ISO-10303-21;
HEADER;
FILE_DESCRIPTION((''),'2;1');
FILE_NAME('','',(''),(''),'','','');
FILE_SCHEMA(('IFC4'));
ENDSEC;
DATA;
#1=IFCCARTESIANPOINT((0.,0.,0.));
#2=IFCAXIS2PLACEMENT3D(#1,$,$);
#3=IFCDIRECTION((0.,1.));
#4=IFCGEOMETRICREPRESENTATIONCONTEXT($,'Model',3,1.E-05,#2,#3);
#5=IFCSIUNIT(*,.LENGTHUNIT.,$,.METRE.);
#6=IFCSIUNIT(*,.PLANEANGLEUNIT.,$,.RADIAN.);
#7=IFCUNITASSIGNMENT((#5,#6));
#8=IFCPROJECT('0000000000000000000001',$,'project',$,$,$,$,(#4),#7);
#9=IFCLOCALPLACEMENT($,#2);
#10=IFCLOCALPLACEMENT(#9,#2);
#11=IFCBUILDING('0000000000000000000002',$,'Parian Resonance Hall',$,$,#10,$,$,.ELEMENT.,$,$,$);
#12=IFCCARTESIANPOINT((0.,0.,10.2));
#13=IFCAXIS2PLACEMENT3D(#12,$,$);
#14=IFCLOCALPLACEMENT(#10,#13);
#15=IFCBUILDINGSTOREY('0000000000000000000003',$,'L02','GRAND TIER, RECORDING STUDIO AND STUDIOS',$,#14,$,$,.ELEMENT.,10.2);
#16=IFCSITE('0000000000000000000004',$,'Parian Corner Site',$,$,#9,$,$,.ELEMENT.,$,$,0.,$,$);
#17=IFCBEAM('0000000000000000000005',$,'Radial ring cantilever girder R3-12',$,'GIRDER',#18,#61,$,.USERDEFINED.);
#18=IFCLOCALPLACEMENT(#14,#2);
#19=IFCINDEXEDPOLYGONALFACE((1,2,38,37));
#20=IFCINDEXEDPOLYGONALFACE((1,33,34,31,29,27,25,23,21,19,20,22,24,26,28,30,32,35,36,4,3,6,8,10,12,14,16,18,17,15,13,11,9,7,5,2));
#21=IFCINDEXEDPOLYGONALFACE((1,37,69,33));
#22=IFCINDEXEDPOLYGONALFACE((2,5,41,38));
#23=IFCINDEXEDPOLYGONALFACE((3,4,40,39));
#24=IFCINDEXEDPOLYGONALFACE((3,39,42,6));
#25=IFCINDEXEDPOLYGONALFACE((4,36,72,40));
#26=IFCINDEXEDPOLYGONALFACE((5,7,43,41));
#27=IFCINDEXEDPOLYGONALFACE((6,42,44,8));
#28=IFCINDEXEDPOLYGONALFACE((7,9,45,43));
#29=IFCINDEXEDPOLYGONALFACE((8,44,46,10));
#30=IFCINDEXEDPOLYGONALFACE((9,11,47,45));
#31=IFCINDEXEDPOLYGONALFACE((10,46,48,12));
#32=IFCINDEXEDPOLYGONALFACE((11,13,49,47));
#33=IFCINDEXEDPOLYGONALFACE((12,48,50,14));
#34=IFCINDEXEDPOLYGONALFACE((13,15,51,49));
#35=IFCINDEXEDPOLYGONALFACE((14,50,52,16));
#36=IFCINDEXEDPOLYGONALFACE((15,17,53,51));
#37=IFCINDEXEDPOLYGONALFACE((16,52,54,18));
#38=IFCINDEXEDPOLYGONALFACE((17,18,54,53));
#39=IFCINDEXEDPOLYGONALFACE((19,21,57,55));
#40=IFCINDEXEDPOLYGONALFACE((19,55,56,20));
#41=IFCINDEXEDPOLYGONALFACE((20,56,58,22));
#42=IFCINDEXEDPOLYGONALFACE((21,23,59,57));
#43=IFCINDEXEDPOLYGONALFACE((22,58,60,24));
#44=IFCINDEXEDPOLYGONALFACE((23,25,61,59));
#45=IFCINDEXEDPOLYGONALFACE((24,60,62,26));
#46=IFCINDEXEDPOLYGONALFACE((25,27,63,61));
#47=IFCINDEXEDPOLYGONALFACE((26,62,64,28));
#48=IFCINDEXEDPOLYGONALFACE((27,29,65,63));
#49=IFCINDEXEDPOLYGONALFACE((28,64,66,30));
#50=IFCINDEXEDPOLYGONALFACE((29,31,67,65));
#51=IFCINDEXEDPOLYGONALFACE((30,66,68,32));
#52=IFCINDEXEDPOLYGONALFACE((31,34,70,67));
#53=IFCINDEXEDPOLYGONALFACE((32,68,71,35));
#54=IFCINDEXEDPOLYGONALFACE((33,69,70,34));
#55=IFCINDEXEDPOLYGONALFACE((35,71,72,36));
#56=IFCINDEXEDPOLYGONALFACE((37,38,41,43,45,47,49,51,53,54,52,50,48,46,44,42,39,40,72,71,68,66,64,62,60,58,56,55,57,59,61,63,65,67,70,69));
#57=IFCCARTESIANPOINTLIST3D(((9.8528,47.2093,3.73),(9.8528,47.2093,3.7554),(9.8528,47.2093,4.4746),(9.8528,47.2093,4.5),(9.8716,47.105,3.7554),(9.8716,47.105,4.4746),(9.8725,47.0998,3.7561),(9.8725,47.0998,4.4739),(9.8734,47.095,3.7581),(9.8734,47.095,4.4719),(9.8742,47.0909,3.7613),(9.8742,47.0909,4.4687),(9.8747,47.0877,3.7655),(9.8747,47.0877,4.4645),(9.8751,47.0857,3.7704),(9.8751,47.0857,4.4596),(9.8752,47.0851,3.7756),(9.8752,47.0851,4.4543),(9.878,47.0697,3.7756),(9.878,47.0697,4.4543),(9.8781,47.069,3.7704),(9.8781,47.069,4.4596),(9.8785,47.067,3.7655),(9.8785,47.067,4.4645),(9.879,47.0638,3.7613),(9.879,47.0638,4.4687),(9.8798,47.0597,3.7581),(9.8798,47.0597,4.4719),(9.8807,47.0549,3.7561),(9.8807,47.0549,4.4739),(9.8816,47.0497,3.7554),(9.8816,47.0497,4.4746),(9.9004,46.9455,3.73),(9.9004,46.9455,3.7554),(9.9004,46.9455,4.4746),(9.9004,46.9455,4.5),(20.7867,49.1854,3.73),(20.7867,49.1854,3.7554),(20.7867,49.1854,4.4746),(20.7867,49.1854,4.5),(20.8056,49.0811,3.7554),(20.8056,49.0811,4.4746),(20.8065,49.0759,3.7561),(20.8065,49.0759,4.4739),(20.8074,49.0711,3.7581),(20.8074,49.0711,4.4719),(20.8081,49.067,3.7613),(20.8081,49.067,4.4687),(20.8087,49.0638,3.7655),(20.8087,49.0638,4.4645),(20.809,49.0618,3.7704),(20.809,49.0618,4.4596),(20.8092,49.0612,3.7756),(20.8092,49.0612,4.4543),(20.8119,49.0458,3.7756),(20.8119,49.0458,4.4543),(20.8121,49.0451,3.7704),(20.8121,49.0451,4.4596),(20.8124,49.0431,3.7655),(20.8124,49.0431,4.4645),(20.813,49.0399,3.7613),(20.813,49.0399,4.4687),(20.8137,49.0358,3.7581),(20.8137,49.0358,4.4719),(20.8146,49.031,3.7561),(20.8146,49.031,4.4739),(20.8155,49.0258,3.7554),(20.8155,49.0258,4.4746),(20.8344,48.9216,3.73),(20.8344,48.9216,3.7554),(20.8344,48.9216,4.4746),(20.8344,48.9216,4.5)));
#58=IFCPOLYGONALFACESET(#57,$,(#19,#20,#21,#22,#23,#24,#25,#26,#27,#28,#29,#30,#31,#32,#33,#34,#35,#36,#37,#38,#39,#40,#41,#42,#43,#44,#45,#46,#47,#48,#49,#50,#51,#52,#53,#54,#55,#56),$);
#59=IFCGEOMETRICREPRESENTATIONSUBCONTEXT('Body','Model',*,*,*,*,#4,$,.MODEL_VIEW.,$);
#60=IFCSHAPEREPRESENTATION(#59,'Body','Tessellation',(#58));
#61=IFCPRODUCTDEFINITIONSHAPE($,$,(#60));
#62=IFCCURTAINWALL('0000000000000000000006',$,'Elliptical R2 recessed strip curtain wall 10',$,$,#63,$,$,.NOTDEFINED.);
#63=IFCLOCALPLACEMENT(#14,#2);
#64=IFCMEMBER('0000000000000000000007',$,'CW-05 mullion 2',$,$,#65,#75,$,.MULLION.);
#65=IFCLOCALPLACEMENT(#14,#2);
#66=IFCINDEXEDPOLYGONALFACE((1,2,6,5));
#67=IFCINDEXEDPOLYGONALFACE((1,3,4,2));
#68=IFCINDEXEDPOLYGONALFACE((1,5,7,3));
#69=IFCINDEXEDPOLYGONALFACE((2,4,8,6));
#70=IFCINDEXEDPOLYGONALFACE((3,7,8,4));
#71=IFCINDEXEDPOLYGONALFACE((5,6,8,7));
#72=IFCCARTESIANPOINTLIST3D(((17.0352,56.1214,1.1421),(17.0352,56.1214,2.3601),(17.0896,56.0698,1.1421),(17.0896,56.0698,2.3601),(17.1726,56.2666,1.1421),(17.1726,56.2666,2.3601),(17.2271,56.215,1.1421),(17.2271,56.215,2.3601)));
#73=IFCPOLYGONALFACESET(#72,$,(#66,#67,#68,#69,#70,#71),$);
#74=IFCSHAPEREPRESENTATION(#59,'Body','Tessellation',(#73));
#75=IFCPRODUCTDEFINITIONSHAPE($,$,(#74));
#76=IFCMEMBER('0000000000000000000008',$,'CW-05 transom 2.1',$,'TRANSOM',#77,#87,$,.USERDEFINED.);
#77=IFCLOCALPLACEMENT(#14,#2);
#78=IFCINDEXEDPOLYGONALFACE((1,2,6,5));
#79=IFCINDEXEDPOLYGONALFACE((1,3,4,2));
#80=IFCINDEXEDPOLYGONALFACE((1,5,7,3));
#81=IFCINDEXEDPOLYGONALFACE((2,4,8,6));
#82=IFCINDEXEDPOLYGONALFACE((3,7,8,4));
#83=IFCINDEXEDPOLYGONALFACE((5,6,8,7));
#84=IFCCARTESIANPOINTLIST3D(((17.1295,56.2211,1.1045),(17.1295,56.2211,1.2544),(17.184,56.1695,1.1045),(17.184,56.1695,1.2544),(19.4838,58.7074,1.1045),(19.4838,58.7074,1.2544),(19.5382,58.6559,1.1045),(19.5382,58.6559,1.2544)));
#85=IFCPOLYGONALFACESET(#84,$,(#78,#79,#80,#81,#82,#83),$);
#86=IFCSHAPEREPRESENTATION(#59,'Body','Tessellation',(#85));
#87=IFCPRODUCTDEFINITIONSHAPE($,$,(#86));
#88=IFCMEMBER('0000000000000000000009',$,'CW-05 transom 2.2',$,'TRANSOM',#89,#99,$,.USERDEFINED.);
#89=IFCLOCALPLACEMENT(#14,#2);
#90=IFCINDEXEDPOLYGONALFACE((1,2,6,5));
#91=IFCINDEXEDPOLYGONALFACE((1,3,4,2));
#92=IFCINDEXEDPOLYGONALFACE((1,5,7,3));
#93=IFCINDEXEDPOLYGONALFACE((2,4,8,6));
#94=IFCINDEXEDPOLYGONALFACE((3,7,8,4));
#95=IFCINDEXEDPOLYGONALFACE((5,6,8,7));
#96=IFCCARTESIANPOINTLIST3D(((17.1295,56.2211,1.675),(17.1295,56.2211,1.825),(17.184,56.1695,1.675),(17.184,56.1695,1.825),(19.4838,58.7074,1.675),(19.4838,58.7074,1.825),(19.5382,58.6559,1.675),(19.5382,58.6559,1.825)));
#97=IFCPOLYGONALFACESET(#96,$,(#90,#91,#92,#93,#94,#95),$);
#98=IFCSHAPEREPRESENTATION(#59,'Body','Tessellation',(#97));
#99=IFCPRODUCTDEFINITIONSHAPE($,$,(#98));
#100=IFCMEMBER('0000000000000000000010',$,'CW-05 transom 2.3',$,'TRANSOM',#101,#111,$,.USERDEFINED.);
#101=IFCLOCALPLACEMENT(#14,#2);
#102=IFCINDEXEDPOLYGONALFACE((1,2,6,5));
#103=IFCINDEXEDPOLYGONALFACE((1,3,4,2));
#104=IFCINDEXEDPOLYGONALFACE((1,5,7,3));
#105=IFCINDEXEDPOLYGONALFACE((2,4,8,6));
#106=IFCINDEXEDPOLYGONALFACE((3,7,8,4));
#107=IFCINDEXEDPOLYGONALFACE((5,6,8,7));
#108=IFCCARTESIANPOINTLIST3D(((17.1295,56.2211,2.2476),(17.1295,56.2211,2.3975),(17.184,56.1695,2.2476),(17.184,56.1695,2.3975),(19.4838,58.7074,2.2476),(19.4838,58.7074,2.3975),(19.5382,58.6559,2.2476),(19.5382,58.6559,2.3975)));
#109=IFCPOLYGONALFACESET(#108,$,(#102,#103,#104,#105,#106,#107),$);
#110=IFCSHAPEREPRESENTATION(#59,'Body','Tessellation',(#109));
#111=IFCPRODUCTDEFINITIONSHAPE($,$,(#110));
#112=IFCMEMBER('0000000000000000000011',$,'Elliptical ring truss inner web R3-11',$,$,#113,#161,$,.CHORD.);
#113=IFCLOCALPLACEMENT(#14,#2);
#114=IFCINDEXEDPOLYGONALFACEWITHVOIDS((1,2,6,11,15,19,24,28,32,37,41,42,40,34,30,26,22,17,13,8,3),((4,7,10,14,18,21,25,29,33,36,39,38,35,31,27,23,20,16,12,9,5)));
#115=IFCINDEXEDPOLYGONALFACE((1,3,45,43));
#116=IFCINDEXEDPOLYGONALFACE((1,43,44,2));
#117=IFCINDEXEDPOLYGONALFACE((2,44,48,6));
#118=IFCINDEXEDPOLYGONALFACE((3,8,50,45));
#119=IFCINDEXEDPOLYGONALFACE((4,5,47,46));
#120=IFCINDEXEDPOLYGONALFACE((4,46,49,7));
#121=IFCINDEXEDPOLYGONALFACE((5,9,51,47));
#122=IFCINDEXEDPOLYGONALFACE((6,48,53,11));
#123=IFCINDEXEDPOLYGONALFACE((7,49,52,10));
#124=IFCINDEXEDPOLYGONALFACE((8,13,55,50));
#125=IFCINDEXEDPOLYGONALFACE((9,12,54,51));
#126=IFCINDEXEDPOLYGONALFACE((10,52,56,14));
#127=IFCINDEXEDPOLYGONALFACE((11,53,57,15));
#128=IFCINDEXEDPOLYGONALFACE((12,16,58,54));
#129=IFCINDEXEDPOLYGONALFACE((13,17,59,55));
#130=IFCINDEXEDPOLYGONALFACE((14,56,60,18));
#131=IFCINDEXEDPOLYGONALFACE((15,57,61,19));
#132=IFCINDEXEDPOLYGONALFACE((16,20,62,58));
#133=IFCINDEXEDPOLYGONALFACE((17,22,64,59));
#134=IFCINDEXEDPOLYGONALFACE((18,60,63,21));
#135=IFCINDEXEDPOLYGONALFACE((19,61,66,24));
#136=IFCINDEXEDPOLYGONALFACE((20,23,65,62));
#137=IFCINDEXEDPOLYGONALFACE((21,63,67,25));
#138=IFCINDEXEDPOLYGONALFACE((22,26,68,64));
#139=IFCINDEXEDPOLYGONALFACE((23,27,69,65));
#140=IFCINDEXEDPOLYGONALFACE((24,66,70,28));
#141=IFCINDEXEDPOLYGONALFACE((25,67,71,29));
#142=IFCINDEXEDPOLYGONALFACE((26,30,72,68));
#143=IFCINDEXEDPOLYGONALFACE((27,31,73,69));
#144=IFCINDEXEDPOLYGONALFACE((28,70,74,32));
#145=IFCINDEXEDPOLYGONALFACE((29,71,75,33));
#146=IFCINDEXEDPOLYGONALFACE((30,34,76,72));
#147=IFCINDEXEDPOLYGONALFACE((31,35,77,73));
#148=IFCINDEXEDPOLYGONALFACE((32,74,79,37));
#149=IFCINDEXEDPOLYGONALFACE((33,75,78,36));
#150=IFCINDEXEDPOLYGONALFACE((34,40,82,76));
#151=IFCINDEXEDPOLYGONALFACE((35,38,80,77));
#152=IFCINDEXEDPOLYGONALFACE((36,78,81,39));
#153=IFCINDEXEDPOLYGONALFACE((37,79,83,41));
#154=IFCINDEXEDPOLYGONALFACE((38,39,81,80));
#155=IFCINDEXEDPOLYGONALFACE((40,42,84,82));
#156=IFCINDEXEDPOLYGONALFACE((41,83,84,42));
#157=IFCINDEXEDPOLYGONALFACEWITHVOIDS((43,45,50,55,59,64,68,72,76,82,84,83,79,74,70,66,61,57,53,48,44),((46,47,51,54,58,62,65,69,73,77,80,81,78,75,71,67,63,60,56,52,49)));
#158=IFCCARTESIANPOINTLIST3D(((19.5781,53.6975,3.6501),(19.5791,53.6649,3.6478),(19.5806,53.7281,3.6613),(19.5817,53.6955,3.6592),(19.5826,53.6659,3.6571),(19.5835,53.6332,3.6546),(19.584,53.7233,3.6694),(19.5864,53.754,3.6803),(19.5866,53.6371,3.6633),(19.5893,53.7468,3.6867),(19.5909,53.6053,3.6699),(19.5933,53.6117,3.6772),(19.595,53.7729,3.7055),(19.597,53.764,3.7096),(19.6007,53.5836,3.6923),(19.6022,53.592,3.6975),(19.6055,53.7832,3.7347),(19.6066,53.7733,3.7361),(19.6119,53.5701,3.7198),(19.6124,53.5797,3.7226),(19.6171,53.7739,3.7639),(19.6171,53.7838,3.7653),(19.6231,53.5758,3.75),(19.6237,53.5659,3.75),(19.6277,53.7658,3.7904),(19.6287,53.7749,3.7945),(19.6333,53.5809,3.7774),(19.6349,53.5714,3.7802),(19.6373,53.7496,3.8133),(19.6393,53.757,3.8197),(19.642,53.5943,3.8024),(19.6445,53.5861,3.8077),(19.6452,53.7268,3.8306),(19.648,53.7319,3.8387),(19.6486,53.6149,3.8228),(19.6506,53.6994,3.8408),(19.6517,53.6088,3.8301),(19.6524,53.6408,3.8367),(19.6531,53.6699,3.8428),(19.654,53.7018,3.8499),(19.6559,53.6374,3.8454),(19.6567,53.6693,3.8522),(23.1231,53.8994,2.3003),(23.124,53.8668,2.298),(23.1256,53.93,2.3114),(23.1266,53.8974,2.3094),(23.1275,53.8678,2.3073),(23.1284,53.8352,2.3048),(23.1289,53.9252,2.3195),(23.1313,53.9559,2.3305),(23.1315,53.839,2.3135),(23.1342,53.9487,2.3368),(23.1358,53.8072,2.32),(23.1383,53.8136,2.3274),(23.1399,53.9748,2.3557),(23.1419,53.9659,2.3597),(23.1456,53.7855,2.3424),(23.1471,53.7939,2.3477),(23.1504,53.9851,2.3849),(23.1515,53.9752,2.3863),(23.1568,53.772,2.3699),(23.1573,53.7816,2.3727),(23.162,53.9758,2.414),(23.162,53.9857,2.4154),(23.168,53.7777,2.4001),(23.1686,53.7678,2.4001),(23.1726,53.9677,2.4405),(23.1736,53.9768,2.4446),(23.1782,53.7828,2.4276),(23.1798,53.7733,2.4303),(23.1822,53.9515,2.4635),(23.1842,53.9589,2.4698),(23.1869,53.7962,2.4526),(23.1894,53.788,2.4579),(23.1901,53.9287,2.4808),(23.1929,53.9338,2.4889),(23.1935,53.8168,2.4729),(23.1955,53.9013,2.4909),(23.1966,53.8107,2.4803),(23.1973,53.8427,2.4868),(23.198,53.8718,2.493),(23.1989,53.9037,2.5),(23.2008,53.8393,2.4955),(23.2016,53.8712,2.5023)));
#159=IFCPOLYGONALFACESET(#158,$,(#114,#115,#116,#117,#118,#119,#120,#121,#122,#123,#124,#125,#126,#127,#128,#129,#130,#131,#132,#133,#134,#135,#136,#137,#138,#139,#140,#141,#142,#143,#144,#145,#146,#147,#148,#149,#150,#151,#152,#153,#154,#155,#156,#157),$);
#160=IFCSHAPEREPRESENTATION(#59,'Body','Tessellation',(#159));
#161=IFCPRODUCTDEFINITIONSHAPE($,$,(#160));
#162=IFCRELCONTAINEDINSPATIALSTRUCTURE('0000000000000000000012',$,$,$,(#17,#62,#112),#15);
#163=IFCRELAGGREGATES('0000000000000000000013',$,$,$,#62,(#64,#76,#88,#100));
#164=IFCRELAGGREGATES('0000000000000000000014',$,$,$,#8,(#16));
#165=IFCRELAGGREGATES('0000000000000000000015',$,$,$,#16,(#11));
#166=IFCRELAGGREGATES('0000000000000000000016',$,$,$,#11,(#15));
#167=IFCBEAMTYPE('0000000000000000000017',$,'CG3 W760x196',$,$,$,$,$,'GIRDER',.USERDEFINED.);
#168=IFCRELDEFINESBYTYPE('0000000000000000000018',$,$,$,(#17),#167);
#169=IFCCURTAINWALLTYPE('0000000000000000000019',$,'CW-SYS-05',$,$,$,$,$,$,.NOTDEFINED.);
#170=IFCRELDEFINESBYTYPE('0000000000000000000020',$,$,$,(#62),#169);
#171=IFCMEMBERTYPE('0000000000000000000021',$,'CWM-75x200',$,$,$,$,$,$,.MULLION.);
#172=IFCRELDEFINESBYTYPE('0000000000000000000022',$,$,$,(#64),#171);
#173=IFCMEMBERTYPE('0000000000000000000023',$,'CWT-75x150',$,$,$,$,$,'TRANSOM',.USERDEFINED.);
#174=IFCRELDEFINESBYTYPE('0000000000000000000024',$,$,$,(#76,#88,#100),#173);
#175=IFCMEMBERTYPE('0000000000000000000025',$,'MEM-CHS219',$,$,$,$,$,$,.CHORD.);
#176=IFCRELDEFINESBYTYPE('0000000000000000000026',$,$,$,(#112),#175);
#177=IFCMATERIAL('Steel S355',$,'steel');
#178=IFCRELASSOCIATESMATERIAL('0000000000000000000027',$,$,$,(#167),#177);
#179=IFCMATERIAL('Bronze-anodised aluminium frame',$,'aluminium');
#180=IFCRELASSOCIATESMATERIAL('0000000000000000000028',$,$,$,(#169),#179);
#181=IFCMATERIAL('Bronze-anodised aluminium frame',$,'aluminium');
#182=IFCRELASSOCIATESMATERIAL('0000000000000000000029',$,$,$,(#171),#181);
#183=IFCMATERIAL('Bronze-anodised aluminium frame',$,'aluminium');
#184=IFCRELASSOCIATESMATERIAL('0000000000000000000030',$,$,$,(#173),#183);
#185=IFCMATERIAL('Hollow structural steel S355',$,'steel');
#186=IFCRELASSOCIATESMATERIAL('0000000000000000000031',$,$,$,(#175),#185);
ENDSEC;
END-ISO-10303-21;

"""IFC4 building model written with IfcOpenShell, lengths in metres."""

from ifc_helpers import new_model, si_unit, direction, frame, origin, origin_2d, place, context, subcontext, project, spatial, rectangle, hollow_circle, i_section, extrude, material, material_profile, profile_set, type_object, element, aggregate, save


model = new_model("IFC4")

# Units and contexts
model_context = context("Model", 3, precision=1e-05, world=origin(), true_north=direction((0.0, 1.0)))
body_context = subcontext(model_context, "Body", "Model", "MODEL_VIEW")
ifc_project = project(units=[si_unit("LENGTHUNIT", "METRE"), si_unit("PLANEANGLEUNIT", "RADIAN")], contexts=[model_context])

# Site, building, storey
site_placement = place(None, origin())
site = spatial("IfcSite", under=ifc_project, at=site_placement, Name="Parian Corner Site", CompositionType="ELEMENT", RefElevation=0.0)
building_placement = place(site_placement, origin())
building = spatial("IfcBuilding", under=site, at=building_placement, Name="Parian Resonance Hall", CompositionType="ELEMENT")
storey_placement = place(building_placement, frame((0.0, 0.0, 10.2)))
storey = spatial("IfcBuildingStorey", under=building, at=storey_placement, Name="L02", Description="GRAND TIER, RECORDING STUDIO AND STUDIOS", CompositionType="ELEMENT", Elevation=10.2)

# Beam
ifc_material_1 = material(Name="Steel S355", Category="steel")
ifc_material_profile_1 = material_profile(ifc_material_1, i_section(OverallWidth=0.2681, OverallDepth=0.77, WebThickness=0.0156, FlangeThickness=0.0254, FilletRadius=0.0203, at=origin_2d()), Name="W760x196")
ifc_profile_set_1 = profile_set([ifc_material_profile_1], Name="Steel S355")
beam_type_1 = type_object("IfcBeamType", Name="CG3 W760x196", ElementType="GIRDER", PredefinedType="USERDEFINED", material=ifc_profile_set_1)
beam_1_placement = place(storey_placement, frame((20.8105, 49.0535, 4.115), z_axis=(-0.984058, -0.177849, 0.0), x_axis=(0.177849, -0.984058, 0.0)))
element("IfcBeam", 1, at=beam_1_placement, inside=storey, type_object=beam_type_1, Name="Radial ring cantilever girder R3-12", ObjectType="GIRDER", PredefinedType="USERDEFINED", context=body_context, shape_type="SweptSolid", body=[
    extrude(i_section(OverallWidth=0.2681, OverallDepth=0.77, WebThickness=0.0156, FlangeThickness=0.0254, FilletRadius=0.0203, at=origin_2d()), origin(), (0.0, 0.0, 1.0), 11.1111),
])

# Curtain wall, members
ifc_material_2 = material(Name="Bronze-anodised aluminium frame", Category="aluminium")
curtain_wall_type = type_object("IfcCurtainWallType", Name="CW-SYS-05", PredefinedType="NOTDEFINED", material=ifc_material_2)
curtain_wall_placement = place(storey_placement, origin())
curtain_wall = element("IfcCurtainWall", 2, at=curtain_wall_placement, inside=storey, type_object=curtain_wall_type, Name="Elliptical R2 recessed strip curtain wall 10", PredefinedType="NOTDEFINED")
ifc_material_3 = material(Name="Bronze-anodised aluminium frame", Category="aluminium")
ifc_material_profile_2 = material_profile(ifc_material_3, rectangle(XDim=0.075, YDim=0.2, at=origin_2d()), Name="CWM-75x200")
ifc_profile_set_2 = profile_set([ifc_material_profile_2], Name="Bronze-anodised aluminium frame")
member_type_1 = type_object("IfcMemberType", Name="CWM-75x200", PredefinedType="MULLION", material=ifc_profile_set_2)
member_1_placement = place(storey_placement, frame((17.1311, 56.1682, 1.1421), z_axis=(0.0, 0.0, 1.0), x_axis=(-0.726163, 0.687523, 0.0)))
member_1 = element("IfcMember", 3, at=member_1_placement, type_object=member_type_1, Name="CW-05 mullion 2", PredefinedType="MULLION", context=body_context, shape_type="SweptSolid", body=[
    extrude(rectangle(XDim=0.075, YDim=0.2, at=origin_2d()), origin(), (0.0, 0.0, 1.0), 1.218),
])
ifc_material_4 = material(Name="Bronze-anodised aluminium frame", Category="aluminium")
ifc_material_profile_3 = material_profile(ifc_material_4, rectangle(XDim=0.075, YDim=0.1499, at=origin_2d()), Name="CWT-75x150")
ifc_profile_set_3 = profile_set([ifc_material_profile_3], Name="Bronze-anodised aluminium frame")
member_type_2 = type_object("IfcMemberType", Name="CWT-75x150", ElementType="TRANSOM", PredefinedType="USERDEFINED", material=ifc_profile_set_3)
member_2_placement = place(storey_placement, frame((17.1567, 56.1953, 1.1794), z_axis=(0.687557, 0.726131, 0.0), x_axis=(-0.726131, 0.687557, 0.0)))
member_2 = element("IfcMember", 4, at=member_2_placement, type_object=member_type_2, Name="CW-05 transom 2.1", ObjectType="TRANSOM", PredefinedType="USERDEFINED", context=body_context, shape_type="SweptSolid", body=[
    extrude(rectangle(XDim=0.075, YDim=0.1499, at=origin_2d()), origin(), (0.0, 0.0, 1.0), 3.4241),
])
member_3_placement = place(storey_placement, frame((17.1567, 56.1953, 1.75), z_axis=(0.687557, 0.726131, 0.0), x_axis=(-0.726131, 0.687557, 0.0)))
member_3 = element("IfcMember", 5, at=member_3_placement, type_object=member_type_2, Name="CW-05 transom 2.2", ObjectType="TRANSOM", PredefinedType="USERDEFINED", context=body_context, shape_type="SweptSolid", body=[
    extrude(rectangle(XDim=0.075, YDim=0.1499, at=origin_2d()), origin(), (0.0, 0.0, 1.0), 3.4241),
])
member_4_placement = place(storey_placement, frame((17.1567, 56.1953, 2.3225), z_axis=(0.687557, 0.726131, 0.0), x_axis=(-0.726131, 0.687557, 0.0)))
member_4 = element("IfcMember", 6, at=member_4_placement, type_object=member_type_2, Name="CW-05 transom 2.3", ObjectType="TRANSOM", PredefinedType="USERDEFINED", context=body_context, shape_type="SweptSolid", body=[
    extrude(rectangle(XDim=0.075, YDim=0.1499, at=origin_2d()), origin(), (0.0, 0.0, 1.0), 3.4241),
])

# Member
ifc_material_5 = material(Name="Hollow structural steel S355", Category="steel")
ifc_material_profile_4 = material_profile(ifc_material_5, hollow_circle(Radius=0.1096, WallThickness=0.01, at=origin_2d()), Name="CHS219.1x10")
ifc_profile_set_4 = profile_set([ifc_material_profile_4], Name="Hollow structural steel S355")
member_type_3 = type_object("IfcMemberType", Name="MEM-CHS219", PredefinedType="CHORD", material=ifc_profile_set_4)
member_5_placement = place(storey_placement, frame((23.1624, 53.8772, 2.4001), z_axis=(-0.933219, -0.053152, 0.355356), x_axis=(0.056864, -0.998382, 0.0)))
element("IfcMember", 7, at=member_5_placement, inside=storey, type_object=member_type_3, Name="Elliptical ring truss inner web R3-11", PredefinedType="CHORD", context=body_context, shape_type="SweptSolid", body=[
    extrude(hollow_circle(Radius=0.1096, WallThickness=0.01, at=origin_2d()), origin(), (0.0, 0.0, 1.0), 3.7986),
])

aggregate(curtain_wall, [member_1, member_2, member_3, member_4])

save(model, "model.ifc")
